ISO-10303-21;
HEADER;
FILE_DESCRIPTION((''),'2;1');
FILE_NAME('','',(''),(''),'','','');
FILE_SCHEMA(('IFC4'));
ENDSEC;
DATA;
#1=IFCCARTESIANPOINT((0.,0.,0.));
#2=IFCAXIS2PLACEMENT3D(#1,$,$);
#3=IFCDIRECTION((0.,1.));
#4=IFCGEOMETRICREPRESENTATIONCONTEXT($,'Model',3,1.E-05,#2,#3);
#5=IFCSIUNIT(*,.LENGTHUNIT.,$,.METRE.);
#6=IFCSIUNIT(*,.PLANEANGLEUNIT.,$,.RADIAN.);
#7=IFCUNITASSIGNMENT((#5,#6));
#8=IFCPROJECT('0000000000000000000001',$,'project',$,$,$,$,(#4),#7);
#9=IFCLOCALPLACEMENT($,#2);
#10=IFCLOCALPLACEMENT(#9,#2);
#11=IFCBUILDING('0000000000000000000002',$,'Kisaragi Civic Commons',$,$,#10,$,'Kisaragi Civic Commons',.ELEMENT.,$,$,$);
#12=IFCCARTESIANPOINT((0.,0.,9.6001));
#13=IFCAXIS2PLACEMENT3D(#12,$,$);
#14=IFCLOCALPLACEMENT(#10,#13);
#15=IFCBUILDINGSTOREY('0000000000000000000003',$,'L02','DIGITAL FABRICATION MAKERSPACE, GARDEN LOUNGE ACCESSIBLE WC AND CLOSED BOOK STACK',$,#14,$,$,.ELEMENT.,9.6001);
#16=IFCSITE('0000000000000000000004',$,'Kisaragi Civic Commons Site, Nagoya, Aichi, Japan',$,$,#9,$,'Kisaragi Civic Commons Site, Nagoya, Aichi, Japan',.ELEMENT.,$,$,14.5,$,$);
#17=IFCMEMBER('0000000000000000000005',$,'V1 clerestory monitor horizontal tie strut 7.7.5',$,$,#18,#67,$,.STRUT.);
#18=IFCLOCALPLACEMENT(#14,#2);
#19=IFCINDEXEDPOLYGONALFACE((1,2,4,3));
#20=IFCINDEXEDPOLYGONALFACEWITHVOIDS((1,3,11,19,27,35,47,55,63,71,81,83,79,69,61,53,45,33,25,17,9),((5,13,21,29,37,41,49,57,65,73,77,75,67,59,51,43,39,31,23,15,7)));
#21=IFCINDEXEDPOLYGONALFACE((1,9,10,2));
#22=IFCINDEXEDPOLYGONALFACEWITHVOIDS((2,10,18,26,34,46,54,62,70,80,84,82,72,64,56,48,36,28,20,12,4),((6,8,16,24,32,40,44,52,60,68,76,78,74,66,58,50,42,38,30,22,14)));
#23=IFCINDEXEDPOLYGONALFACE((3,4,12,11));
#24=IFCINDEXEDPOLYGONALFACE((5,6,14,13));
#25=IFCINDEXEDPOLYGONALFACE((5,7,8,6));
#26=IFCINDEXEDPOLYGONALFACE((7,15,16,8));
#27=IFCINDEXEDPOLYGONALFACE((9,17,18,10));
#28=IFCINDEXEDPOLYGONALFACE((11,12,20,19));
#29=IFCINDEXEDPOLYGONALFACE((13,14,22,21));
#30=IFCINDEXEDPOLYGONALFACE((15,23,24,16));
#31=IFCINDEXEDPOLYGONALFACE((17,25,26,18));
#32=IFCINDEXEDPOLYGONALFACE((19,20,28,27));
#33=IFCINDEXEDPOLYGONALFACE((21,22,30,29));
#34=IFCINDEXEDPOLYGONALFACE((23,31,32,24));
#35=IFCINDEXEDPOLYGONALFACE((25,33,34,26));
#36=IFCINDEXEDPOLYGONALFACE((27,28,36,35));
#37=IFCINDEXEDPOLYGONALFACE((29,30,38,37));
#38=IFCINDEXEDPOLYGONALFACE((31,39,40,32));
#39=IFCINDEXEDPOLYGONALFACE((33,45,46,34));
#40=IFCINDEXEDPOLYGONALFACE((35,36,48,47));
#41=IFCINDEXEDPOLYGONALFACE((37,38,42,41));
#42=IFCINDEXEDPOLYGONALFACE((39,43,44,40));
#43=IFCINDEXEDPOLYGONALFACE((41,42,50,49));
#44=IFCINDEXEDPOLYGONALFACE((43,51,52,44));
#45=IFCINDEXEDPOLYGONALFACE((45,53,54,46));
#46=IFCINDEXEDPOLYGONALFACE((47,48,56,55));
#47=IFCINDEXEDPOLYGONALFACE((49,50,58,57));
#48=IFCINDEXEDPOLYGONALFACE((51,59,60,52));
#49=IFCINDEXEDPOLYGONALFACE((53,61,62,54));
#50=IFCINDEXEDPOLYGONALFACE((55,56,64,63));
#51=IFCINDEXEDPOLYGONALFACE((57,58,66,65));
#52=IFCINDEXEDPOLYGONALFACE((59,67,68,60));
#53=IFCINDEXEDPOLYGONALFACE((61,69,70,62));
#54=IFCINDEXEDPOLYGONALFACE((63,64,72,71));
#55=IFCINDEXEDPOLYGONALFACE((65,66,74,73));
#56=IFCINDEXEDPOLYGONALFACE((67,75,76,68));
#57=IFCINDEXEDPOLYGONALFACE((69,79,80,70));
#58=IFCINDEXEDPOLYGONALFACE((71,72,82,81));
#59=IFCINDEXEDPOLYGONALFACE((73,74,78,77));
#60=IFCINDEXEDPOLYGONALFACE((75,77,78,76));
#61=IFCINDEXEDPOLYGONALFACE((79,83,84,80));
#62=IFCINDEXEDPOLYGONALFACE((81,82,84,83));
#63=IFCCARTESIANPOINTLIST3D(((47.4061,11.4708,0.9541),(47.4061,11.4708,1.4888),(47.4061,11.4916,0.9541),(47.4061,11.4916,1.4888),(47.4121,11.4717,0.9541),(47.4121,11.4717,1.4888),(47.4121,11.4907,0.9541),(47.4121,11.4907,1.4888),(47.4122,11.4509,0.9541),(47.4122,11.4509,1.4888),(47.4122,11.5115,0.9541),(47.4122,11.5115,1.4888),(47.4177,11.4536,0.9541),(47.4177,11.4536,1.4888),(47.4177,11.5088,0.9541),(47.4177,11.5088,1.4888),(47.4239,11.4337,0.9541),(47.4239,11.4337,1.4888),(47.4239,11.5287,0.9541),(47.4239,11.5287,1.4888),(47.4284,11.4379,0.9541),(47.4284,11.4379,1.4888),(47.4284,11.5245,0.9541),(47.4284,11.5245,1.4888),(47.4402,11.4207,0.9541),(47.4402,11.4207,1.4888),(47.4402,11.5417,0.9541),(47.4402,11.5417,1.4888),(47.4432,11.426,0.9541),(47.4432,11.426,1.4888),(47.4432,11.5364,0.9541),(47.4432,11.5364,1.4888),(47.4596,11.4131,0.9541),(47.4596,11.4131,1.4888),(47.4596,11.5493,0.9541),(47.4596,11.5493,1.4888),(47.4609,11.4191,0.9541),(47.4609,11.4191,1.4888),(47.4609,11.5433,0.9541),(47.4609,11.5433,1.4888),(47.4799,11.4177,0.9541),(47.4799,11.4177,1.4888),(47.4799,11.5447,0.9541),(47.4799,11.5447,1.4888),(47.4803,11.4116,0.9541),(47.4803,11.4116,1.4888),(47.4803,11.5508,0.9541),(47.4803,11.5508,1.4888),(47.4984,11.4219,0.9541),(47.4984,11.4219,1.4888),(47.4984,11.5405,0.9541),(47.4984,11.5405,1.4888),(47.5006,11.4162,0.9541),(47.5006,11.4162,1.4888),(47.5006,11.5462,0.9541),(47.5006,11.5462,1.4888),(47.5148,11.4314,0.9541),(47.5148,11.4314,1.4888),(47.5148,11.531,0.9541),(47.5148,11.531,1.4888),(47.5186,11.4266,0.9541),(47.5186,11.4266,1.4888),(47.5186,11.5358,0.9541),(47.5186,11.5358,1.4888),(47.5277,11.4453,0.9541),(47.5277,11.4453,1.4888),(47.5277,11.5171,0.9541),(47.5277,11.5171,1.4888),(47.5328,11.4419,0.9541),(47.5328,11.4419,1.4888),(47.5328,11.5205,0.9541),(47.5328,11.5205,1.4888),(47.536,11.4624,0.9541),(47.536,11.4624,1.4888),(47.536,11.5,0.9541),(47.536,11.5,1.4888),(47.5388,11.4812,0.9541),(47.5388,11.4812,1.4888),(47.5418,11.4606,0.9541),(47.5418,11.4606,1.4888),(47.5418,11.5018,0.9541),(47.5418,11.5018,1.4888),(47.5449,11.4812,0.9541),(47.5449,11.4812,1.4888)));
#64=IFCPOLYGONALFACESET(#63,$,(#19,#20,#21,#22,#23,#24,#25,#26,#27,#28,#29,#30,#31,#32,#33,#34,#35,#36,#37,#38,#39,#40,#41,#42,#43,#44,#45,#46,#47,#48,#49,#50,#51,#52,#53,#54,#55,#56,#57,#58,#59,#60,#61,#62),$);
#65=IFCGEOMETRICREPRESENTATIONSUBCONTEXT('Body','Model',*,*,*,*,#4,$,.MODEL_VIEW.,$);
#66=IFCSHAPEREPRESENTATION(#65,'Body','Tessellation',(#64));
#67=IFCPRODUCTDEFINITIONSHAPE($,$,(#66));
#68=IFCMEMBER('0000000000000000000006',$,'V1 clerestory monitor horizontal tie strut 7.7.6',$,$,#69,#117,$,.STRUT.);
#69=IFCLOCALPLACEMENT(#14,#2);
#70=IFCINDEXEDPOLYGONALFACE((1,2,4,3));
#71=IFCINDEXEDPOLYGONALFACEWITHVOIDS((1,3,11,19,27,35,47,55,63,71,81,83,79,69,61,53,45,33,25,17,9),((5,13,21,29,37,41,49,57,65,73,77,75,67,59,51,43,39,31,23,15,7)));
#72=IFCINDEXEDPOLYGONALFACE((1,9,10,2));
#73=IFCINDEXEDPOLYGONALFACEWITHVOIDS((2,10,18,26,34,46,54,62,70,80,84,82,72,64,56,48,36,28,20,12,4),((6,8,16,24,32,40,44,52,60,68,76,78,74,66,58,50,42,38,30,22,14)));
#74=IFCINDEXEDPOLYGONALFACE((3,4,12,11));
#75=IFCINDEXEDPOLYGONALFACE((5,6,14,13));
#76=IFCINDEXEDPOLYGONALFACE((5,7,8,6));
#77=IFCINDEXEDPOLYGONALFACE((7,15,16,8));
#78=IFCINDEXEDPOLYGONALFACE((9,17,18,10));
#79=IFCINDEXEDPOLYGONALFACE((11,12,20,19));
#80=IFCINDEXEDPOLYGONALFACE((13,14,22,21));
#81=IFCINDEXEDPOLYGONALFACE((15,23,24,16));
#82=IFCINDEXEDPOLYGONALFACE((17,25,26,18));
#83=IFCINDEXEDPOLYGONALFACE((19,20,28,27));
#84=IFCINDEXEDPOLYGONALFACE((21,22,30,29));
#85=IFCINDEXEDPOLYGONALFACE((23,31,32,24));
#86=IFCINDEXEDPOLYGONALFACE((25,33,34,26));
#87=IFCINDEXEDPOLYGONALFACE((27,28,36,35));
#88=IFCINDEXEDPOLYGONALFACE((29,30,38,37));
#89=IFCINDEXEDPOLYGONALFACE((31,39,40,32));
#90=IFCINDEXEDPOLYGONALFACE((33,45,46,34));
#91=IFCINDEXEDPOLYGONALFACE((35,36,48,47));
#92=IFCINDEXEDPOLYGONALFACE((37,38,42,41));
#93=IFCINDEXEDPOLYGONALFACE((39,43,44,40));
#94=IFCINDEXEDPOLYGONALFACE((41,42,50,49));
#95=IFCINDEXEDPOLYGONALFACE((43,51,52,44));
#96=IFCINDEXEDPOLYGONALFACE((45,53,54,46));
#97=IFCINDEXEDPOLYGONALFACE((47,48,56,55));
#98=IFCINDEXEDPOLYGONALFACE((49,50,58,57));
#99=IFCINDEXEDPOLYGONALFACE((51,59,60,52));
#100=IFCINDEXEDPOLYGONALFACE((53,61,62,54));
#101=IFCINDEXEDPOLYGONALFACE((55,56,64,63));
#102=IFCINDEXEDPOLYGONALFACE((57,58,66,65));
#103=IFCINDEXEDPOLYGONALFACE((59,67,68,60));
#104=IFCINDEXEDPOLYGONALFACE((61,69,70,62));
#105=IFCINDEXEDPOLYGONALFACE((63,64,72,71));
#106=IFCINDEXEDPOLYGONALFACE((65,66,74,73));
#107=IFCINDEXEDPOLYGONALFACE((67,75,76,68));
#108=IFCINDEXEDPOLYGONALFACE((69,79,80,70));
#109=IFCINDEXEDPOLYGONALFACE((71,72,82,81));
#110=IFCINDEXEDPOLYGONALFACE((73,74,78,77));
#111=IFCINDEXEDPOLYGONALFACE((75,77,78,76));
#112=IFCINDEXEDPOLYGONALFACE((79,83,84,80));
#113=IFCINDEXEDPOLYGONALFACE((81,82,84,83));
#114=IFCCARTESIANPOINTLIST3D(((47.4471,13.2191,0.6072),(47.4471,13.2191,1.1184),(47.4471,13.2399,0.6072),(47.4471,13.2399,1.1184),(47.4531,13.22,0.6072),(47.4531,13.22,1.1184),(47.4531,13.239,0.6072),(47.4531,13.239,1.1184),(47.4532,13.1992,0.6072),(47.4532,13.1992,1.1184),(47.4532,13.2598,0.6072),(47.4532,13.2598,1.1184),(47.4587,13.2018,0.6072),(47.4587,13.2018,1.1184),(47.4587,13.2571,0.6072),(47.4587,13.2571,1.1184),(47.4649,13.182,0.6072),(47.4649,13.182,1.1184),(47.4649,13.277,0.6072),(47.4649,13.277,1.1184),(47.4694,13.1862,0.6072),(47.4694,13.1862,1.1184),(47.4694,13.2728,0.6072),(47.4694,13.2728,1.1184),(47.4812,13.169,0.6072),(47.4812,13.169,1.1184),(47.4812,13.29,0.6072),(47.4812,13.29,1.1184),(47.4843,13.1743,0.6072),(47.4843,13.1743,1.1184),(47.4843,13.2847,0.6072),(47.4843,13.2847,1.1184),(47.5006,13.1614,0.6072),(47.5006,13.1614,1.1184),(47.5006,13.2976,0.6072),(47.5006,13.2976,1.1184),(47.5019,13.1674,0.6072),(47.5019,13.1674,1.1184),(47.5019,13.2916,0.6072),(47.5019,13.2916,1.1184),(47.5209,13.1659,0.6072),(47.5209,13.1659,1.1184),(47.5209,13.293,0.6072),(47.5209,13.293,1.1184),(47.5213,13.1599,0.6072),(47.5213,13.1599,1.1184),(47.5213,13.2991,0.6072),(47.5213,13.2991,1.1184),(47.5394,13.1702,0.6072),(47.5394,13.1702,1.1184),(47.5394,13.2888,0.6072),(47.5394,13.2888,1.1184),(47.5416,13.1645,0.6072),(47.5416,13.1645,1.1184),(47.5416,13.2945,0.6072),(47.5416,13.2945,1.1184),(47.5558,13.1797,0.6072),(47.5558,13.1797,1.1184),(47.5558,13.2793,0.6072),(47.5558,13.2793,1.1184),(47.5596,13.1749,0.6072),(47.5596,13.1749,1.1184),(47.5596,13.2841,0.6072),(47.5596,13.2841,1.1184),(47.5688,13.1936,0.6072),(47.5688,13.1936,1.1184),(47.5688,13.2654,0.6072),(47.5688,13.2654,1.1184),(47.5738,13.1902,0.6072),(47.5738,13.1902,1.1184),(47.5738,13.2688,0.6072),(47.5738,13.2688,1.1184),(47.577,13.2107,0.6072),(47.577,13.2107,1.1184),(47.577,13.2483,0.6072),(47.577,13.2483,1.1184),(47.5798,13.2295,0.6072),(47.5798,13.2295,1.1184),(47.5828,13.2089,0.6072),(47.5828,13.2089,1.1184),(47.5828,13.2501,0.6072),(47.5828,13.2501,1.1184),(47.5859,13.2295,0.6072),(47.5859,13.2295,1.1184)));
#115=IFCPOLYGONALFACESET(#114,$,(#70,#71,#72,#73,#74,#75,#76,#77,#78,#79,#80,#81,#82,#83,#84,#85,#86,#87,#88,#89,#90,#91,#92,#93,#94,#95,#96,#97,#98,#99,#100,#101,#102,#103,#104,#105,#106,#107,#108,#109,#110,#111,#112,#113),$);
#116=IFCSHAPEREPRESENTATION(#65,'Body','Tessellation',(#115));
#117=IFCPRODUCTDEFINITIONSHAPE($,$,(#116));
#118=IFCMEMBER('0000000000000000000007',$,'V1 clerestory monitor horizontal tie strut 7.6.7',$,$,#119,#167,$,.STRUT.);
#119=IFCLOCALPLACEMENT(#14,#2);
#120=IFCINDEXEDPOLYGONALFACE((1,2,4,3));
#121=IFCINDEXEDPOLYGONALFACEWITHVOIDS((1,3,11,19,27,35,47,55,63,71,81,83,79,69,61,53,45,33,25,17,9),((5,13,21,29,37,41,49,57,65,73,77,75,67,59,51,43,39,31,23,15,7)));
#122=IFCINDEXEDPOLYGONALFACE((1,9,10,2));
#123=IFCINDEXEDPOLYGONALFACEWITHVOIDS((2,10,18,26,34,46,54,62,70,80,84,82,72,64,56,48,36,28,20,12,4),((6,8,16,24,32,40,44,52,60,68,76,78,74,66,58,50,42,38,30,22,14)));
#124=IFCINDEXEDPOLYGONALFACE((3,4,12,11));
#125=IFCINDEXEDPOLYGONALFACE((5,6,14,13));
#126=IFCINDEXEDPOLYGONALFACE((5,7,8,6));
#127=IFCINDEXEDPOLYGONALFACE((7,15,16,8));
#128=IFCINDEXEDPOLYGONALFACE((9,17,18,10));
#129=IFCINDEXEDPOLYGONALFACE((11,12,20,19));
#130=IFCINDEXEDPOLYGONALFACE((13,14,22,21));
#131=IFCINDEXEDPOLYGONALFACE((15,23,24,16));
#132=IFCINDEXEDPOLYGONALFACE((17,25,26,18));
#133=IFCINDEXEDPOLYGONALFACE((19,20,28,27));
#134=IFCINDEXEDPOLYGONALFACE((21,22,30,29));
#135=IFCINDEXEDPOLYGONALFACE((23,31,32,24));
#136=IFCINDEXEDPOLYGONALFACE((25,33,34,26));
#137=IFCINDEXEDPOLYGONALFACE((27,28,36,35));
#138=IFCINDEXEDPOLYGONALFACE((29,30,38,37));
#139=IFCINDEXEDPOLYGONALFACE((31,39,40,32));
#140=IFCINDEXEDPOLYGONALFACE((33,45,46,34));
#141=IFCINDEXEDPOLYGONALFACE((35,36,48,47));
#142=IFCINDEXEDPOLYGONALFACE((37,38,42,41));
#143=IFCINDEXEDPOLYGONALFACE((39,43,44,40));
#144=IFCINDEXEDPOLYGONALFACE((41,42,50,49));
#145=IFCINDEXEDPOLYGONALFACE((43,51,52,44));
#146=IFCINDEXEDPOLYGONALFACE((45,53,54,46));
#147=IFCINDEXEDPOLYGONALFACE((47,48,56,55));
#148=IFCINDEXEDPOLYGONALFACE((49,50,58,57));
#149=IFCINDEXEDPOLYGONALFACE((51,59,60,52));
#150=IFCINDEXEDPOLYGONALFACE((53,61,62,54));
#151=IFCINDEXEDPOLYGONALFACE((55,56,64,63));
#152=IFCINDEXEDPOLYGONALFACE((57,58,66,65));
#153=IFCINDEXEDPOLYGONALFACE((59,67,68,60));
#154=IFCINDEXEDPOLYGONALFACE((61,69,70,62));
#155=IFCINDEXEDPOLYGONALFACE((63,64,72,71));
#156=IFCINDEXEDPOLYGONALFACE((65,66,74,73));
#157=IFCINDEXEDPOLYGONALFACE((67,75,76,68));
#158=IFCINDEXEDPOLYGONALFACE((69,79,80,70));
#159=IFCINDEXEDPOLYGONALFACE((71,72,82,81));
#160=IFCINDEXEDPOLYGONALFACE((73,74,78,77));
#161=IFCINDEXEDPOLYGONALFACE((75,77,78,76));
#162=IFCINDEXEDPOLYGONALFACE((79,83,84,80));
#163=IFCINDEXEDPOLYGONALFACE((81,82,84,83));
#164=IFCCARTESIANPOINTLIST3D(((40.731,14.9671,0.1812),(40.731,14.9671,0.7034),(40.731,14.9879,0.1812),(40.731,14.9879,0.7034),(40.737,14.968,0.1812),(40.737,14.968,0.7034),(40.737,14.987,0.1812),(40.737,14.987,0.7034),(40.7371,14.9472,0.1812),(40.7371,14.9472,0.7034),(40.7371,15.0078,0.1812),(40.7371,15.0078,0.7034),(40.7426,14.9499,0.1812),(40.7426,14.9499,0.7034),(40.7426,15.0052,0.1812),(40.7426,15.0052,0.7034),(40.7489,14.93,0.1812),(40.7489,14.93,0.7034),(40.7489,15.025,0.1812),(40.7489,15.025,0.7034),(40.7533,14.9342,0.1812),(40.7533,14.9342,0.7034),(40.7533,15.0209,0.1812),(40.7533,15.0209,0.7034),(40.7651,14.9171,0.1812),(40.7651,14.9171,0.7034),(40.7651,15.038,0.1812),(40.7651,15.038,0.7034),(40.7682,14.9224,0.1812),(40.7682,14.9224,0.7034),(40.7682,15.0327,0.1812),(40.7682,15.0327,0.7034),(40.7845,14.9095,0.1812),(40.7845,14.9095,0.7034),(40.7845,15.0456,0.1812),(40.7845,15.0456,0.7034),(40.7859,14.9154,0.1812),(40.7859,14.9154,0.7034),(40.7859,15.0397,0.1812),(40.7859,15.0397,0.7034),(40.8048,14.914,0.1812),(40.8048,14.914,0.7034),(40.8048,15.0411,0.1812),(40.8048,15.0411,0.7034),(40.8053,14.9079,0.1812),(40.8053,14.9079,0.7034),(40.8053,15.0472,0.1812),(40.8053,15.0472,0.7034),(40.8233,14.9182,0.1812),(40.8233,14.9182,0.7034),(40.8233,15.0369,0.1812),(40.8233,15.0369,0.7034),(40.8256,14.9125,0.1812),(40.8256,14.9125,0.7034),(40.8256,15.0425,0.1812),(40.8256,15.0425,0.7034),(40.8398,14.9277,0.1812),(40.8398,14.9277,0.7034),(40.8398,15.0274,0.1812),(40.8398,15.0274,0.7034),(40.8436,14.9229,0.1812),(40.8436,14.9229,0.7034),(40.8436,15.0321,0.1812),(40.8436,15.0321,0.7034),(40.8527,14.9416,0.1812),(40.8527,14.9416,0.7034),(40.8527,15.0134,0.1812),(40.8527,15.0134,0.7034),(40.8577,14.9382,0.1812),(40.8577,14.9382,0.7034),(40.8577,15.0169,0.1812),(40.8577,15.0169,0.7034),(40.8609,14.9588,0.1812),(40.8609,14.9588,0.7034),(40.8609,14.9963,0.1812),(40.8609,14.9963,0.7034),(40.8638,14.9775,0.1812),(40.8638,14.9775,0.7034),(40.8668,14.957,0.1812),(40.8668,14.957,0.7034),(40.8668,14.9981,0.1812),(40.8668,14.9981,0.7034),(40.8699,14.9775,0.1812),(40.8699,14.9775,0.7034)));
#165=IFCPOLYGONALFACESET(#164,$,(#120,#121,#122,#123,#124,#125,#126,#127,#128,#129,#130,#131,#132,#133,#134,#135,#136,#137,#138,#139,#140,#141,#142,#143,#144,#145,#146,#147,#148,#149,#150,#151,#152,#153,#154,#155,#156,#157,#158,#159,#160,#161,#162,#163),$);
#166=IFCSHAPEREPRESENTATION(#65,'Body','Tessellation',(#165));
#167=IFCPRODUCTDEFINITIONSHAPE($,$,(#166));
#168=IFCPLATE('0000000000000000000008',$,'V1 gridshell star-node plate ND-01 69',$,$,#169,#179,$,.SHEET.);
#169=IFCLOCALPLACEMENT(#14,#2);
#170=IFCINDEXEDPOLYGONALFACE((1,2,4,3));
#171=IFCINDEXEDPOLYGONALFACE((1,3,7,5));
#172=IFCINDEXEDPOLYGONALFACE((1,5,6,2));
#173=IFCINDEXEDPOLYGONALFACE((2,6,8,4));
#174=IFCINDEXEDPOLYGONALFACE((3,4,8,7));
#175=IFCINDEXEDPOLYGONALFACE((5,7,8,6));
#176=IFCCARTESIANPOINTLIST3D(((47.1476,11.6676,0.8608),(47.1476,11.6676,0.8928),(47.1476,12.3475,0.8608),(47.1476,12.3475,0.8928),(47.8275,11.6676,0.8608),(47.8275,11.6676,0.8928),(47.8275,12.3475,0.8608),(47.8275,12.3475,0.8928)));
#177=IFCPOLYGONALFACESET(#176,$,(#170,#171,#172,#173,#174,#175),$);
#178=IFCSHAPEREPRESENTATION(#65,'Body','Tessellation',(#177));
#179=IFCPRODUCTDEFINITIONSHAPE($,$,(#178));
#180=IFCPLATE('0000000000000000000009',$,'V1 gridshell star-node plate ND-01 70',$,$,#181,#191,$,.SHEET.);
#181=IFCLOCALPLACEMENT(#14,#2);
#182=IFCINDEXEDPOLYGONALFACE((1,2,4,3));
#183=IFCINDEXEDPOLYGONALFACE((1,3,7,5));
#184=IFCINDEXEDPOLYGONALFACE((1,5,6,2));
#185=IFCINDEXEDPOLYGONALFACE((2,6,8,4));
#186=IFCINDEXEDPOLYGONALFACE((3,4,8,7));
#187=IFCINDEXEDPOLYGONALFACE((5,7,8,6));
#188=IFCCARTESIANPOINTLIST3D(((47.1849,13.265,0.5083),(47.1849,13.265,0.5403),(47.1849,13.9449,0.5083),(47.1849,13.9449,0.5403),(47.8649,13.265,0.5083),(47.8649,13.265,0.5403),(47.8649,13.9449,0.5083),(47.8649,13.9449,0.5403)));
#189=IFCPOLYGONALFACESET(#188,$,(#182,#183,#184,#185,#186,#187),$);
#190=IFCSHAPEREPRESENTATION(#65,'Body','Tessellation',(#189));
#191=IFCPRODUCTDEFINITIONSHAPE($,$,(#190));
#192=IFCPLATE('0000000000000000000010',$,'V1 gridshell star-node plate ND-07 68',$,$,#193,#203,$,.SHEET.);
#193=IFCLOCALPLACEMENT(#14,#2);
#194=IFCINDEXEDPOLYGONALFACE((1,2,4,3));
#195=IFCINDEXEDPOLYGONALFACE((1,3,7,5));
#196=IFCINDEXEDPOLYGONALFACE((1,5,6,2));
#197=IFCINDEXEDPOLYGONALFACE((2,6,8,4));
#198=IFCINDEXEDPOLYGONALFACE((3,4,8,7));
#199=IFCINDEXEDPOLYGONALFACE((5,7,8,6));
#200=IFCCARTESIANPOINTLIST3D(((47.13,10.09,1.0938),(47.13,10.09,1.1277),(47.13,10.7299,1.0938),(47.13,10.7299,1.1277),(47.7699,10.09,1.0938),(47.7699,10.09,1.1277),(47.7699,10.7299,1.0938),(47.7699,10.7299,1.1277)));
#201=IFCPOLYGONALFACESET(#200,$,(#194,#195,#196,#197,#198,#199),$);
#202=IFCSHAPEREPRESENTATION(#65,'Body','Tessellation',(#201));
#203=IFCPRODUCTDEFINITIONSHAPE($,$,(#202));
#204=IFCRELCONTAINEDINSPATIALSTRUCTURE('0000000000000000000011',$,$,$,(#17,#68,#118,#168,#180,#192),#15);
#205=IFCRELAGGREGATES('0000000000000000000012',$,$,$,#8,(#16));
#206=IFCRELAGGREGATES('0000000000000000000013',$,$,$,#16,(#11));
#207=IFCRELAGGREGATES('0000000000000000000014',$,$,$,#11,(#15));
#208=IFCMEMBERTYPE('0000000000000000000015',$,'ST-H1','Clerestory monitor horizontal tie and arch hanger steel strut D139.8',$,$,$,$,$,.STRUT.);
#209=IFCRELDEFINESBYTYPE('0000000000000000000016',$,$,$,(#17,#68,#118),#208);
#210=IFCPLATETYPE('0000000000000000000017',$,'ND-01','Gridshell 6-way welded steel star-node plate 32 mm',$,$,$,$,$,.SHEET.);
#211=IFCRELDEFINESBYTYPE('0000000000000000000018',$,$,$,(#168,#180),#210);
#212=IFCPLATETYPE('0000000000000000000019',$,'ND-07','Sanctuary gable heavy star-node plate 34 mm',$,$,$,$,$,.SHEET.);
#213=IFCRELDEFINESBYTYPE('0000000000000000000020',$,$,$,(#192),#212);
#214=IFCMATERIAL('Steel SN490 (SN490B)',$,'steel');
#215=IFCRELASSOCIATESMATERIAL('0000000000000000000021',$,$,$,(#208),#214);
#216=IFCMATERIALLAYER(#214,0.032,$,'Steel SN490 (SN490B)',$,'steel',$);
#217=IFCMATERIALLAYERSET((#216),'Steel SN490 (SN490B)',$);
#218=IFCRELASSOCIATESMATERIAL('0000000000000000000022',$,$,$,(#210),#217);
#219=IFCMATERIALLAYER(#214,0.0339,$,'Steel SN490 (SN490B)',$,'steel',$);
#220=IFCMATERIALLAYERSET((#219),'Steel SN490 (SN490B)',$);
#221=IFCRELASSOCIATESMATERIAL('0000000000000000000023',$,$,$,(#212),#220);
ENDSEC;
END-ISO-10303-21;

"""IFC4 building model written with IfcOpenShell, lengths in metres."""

from ifc_helpers import new_model, si_unit, direction, frame, origin, origin_2d, place, context, subcontext, project, spatial, rectangle, hollow_circle, extrude, material, layer, layer_set, material_profile, profile_set, type_object, element, save


model = new_model("IFC4")

# Units and contexts
model_context = context("Model", 3, precision=1e-05, world=origin(), true_north=direction((0.0, 1.0)))
body_context = subcontext(model_context, "Body", "Model", "MODEL_VIEW")
ifc_project = project(units=[si_unit("LENGTHUNIT", "METRE"), si_unit("PLANEANGLEUNIT", "RADIAN")], contexts=[model_context])

# Site, building, storey
site_placement = place(None, origin())
site = spatial("IfcSite", under=ifc_project, at=site_placement, Name="Kisaragi Civic Commons Site, Nagoya, Aichi, Japan", LongName="Kisaragi Civic Commons Site, Nagoya, Aichi, Japan", CompositionType="ELEMENT", RefElevation=14.5)
building_placement = place(site_placement, origin())
building = spatial("IfcBuilding", under=site, at=building_placement, Name="Kisaragi Civic Commons", LongName="Kisaragi Civic Commons", CompositionType="ELEMENT")
storey_placement = place(building_placement, frame((0.0, 0.0, 9.6001)))
storey = spatial("IfcBuildingStorey", under=building, at=storey_placement, Name="L02", Description="DIGITAL FABRICATION MAKERSPACE, GARDEN LOUNGE ACCESSIBLE WC AND CLOSED BOOK STACK", CompositionType="ELEMENT", Elevation=9.6001)

# Members
ifc_material_1 = material(Name="Steel SN490 (SN490B)", Category="steel")
ifc_material_profile_1 = material_profile(ifc_material_1, hollow_circle(Radius=0.0698, WallThickness=0.0061, at=origin_2d()), Name="CHS-139.8x6.0", Category="steel")
ifc_profile_set_1 = profile_set([ifc_material_profile_1], Name="Steel SN490 (SN490B)")
member_type_1 = type_object("IfcMemberType", Name="ST-H1", Description="Clerestory monitor horizontal tie and arch hanger steel strut D139.8", PredefinedType="STRUT", material=ifc_profile_set_1)
member_1_placement = place(storey_placement, frame((47.4751, 11.4812, 0.9541), z_axis=(0.0, 0.0, 1.0), x_axis=(1.0, 0.0, 0.0)))
element("IfcMember", 1, at=member_1_placement, inside=storey, type_object=member_type_1, Name="V1 clerestory monitor horizontal tie strut 7.7.5", PredefinedType="STRUT", context=body_context, shape_type="SweptSolid", body=[
    extrude(hollow_circle(Radius=0.0698, WallThickness=0.0061, at=origin_2d()), origin(), (0.0, 0.0, 1.0), 0.5347),
])
member_2_placement = place(storey_placement, frame((47.5161, 13.2295, 0.6072), z_axis=(0.0, 0.0, 1.0), x_axis=(1.0, 0.0, 0.0)))
element("IfcMember", 2, at=member_2_placement, inside=storey, type_object=member_type_1, Name="V1 clerestory monitor horizontal tie strut 7.7.6", PredefinedType="STRUT", context=body_context, shape_type="SweptSolid", body=[
    extrude(hollow_circle(Radius=0.0698, WallThickness=0.0061, at=origin_2d()), origin(), (0.0, 0.0, 1.0), 0.5112),
])
member_3_placement = place(storey_placement, frame((40.8, 14.9775, 0.1812), z_axis=(0.0, 0.0, 1.0), x_axis=(1.0, 0.0, 0.0)))
element("IfcMember", 3, at=member_3_placement, inside=storey, type_object=member_type_1, Name="V1 clerestory monitor horizontal tie strut 7.6.7", PredefinedType="STRUT", context=body_context, shape_type="SweptSolid", body=[
    extrude(hollow_circle(Radius=0.0698, WallThickness=0.0061, at=origin_2d()), origin(), (0.0, 0.0, 1.0), 0.5222),
])

# Plates
ifc_layer_1 = layer(ifc_material_1, 0.032, Name="Steel SN490 (SN490B)", Category="steel")
ifc_layer_set_1 = layer_set([ifc_layer_1], Name="Steel SN490 (SN490B)")
plate_type_1 = type_object("IfcPlateType", Name="ND-01", Description="Gridshell 6-way welded steel star-node plate 32 mm", PredefinedType="SHEET", material=ifc_layer_set_1)
for number, where, z_axis, x_axis, name in (
    (4, (47.4875, 12.0076, 0.8608), (0.0, 0.0, 1.0), (1.0, 0.0, 0.0), "V1 gridshell star-node plate ND-01 69"),
    (5, (47.5249, 13.605, 0.5083), (0.0, 0.0, 1.0), (1.0, 0.0, 0.0), "V1 gridshell star-node plate ND-01 70"),
):
    element("IfcPlate", number, at=place(storey_placement, frame(where, z_axis=z_axis, x_axis=x_axis)), inside=storey, type_object=plate_type_1, Name=name, PredefinedType="SHEET", context=body_context, shape_type="SweptSolid", body=[
        extrude(rectangle(XDim=0.6799, YDim=0.6799, at=origin_2d()), origin(), (0.0, 0.0, 1.0), 0.032),
    ])
ifc_layer_2 = layer(ifc_material_1, 0.0339, Name="Steel SN490 (SN490B)", Category="steel")
ifc_layer_set_2 = layer_set([ifc_layer_2], Name="Steel SN490 (SN490B)")
plate_type_2 = type_object("IfcPlateType", Name="ND-07", Description="Sanctuary gable heavy star-node plate 34 mm", PredefinedType="SHEET", material=ifc_layer_set_2)
plate_placement = place(storey_placement, frame((47.45, 10.4099, 1.0938), z_axis=(0.0, 0.0, 1.0), x_axis=(1.0, 0.0, 0.0)))
element("IfcPlate", 6, at=plate_placement, inside=storey, type_object=plate_type_2, Name="V1 gridshell star-node plate ND-07 68", PredefinedType="SHEET", context=body_context, shape_type="SweptSolid", body=[
    extrude(rectangle(XDim=0.6399, YDim=0.6399, at=origin_2d()), origin(), (0.0, 0.0, 1.0), 0.0339),
])

save(model, "model.ifc")
